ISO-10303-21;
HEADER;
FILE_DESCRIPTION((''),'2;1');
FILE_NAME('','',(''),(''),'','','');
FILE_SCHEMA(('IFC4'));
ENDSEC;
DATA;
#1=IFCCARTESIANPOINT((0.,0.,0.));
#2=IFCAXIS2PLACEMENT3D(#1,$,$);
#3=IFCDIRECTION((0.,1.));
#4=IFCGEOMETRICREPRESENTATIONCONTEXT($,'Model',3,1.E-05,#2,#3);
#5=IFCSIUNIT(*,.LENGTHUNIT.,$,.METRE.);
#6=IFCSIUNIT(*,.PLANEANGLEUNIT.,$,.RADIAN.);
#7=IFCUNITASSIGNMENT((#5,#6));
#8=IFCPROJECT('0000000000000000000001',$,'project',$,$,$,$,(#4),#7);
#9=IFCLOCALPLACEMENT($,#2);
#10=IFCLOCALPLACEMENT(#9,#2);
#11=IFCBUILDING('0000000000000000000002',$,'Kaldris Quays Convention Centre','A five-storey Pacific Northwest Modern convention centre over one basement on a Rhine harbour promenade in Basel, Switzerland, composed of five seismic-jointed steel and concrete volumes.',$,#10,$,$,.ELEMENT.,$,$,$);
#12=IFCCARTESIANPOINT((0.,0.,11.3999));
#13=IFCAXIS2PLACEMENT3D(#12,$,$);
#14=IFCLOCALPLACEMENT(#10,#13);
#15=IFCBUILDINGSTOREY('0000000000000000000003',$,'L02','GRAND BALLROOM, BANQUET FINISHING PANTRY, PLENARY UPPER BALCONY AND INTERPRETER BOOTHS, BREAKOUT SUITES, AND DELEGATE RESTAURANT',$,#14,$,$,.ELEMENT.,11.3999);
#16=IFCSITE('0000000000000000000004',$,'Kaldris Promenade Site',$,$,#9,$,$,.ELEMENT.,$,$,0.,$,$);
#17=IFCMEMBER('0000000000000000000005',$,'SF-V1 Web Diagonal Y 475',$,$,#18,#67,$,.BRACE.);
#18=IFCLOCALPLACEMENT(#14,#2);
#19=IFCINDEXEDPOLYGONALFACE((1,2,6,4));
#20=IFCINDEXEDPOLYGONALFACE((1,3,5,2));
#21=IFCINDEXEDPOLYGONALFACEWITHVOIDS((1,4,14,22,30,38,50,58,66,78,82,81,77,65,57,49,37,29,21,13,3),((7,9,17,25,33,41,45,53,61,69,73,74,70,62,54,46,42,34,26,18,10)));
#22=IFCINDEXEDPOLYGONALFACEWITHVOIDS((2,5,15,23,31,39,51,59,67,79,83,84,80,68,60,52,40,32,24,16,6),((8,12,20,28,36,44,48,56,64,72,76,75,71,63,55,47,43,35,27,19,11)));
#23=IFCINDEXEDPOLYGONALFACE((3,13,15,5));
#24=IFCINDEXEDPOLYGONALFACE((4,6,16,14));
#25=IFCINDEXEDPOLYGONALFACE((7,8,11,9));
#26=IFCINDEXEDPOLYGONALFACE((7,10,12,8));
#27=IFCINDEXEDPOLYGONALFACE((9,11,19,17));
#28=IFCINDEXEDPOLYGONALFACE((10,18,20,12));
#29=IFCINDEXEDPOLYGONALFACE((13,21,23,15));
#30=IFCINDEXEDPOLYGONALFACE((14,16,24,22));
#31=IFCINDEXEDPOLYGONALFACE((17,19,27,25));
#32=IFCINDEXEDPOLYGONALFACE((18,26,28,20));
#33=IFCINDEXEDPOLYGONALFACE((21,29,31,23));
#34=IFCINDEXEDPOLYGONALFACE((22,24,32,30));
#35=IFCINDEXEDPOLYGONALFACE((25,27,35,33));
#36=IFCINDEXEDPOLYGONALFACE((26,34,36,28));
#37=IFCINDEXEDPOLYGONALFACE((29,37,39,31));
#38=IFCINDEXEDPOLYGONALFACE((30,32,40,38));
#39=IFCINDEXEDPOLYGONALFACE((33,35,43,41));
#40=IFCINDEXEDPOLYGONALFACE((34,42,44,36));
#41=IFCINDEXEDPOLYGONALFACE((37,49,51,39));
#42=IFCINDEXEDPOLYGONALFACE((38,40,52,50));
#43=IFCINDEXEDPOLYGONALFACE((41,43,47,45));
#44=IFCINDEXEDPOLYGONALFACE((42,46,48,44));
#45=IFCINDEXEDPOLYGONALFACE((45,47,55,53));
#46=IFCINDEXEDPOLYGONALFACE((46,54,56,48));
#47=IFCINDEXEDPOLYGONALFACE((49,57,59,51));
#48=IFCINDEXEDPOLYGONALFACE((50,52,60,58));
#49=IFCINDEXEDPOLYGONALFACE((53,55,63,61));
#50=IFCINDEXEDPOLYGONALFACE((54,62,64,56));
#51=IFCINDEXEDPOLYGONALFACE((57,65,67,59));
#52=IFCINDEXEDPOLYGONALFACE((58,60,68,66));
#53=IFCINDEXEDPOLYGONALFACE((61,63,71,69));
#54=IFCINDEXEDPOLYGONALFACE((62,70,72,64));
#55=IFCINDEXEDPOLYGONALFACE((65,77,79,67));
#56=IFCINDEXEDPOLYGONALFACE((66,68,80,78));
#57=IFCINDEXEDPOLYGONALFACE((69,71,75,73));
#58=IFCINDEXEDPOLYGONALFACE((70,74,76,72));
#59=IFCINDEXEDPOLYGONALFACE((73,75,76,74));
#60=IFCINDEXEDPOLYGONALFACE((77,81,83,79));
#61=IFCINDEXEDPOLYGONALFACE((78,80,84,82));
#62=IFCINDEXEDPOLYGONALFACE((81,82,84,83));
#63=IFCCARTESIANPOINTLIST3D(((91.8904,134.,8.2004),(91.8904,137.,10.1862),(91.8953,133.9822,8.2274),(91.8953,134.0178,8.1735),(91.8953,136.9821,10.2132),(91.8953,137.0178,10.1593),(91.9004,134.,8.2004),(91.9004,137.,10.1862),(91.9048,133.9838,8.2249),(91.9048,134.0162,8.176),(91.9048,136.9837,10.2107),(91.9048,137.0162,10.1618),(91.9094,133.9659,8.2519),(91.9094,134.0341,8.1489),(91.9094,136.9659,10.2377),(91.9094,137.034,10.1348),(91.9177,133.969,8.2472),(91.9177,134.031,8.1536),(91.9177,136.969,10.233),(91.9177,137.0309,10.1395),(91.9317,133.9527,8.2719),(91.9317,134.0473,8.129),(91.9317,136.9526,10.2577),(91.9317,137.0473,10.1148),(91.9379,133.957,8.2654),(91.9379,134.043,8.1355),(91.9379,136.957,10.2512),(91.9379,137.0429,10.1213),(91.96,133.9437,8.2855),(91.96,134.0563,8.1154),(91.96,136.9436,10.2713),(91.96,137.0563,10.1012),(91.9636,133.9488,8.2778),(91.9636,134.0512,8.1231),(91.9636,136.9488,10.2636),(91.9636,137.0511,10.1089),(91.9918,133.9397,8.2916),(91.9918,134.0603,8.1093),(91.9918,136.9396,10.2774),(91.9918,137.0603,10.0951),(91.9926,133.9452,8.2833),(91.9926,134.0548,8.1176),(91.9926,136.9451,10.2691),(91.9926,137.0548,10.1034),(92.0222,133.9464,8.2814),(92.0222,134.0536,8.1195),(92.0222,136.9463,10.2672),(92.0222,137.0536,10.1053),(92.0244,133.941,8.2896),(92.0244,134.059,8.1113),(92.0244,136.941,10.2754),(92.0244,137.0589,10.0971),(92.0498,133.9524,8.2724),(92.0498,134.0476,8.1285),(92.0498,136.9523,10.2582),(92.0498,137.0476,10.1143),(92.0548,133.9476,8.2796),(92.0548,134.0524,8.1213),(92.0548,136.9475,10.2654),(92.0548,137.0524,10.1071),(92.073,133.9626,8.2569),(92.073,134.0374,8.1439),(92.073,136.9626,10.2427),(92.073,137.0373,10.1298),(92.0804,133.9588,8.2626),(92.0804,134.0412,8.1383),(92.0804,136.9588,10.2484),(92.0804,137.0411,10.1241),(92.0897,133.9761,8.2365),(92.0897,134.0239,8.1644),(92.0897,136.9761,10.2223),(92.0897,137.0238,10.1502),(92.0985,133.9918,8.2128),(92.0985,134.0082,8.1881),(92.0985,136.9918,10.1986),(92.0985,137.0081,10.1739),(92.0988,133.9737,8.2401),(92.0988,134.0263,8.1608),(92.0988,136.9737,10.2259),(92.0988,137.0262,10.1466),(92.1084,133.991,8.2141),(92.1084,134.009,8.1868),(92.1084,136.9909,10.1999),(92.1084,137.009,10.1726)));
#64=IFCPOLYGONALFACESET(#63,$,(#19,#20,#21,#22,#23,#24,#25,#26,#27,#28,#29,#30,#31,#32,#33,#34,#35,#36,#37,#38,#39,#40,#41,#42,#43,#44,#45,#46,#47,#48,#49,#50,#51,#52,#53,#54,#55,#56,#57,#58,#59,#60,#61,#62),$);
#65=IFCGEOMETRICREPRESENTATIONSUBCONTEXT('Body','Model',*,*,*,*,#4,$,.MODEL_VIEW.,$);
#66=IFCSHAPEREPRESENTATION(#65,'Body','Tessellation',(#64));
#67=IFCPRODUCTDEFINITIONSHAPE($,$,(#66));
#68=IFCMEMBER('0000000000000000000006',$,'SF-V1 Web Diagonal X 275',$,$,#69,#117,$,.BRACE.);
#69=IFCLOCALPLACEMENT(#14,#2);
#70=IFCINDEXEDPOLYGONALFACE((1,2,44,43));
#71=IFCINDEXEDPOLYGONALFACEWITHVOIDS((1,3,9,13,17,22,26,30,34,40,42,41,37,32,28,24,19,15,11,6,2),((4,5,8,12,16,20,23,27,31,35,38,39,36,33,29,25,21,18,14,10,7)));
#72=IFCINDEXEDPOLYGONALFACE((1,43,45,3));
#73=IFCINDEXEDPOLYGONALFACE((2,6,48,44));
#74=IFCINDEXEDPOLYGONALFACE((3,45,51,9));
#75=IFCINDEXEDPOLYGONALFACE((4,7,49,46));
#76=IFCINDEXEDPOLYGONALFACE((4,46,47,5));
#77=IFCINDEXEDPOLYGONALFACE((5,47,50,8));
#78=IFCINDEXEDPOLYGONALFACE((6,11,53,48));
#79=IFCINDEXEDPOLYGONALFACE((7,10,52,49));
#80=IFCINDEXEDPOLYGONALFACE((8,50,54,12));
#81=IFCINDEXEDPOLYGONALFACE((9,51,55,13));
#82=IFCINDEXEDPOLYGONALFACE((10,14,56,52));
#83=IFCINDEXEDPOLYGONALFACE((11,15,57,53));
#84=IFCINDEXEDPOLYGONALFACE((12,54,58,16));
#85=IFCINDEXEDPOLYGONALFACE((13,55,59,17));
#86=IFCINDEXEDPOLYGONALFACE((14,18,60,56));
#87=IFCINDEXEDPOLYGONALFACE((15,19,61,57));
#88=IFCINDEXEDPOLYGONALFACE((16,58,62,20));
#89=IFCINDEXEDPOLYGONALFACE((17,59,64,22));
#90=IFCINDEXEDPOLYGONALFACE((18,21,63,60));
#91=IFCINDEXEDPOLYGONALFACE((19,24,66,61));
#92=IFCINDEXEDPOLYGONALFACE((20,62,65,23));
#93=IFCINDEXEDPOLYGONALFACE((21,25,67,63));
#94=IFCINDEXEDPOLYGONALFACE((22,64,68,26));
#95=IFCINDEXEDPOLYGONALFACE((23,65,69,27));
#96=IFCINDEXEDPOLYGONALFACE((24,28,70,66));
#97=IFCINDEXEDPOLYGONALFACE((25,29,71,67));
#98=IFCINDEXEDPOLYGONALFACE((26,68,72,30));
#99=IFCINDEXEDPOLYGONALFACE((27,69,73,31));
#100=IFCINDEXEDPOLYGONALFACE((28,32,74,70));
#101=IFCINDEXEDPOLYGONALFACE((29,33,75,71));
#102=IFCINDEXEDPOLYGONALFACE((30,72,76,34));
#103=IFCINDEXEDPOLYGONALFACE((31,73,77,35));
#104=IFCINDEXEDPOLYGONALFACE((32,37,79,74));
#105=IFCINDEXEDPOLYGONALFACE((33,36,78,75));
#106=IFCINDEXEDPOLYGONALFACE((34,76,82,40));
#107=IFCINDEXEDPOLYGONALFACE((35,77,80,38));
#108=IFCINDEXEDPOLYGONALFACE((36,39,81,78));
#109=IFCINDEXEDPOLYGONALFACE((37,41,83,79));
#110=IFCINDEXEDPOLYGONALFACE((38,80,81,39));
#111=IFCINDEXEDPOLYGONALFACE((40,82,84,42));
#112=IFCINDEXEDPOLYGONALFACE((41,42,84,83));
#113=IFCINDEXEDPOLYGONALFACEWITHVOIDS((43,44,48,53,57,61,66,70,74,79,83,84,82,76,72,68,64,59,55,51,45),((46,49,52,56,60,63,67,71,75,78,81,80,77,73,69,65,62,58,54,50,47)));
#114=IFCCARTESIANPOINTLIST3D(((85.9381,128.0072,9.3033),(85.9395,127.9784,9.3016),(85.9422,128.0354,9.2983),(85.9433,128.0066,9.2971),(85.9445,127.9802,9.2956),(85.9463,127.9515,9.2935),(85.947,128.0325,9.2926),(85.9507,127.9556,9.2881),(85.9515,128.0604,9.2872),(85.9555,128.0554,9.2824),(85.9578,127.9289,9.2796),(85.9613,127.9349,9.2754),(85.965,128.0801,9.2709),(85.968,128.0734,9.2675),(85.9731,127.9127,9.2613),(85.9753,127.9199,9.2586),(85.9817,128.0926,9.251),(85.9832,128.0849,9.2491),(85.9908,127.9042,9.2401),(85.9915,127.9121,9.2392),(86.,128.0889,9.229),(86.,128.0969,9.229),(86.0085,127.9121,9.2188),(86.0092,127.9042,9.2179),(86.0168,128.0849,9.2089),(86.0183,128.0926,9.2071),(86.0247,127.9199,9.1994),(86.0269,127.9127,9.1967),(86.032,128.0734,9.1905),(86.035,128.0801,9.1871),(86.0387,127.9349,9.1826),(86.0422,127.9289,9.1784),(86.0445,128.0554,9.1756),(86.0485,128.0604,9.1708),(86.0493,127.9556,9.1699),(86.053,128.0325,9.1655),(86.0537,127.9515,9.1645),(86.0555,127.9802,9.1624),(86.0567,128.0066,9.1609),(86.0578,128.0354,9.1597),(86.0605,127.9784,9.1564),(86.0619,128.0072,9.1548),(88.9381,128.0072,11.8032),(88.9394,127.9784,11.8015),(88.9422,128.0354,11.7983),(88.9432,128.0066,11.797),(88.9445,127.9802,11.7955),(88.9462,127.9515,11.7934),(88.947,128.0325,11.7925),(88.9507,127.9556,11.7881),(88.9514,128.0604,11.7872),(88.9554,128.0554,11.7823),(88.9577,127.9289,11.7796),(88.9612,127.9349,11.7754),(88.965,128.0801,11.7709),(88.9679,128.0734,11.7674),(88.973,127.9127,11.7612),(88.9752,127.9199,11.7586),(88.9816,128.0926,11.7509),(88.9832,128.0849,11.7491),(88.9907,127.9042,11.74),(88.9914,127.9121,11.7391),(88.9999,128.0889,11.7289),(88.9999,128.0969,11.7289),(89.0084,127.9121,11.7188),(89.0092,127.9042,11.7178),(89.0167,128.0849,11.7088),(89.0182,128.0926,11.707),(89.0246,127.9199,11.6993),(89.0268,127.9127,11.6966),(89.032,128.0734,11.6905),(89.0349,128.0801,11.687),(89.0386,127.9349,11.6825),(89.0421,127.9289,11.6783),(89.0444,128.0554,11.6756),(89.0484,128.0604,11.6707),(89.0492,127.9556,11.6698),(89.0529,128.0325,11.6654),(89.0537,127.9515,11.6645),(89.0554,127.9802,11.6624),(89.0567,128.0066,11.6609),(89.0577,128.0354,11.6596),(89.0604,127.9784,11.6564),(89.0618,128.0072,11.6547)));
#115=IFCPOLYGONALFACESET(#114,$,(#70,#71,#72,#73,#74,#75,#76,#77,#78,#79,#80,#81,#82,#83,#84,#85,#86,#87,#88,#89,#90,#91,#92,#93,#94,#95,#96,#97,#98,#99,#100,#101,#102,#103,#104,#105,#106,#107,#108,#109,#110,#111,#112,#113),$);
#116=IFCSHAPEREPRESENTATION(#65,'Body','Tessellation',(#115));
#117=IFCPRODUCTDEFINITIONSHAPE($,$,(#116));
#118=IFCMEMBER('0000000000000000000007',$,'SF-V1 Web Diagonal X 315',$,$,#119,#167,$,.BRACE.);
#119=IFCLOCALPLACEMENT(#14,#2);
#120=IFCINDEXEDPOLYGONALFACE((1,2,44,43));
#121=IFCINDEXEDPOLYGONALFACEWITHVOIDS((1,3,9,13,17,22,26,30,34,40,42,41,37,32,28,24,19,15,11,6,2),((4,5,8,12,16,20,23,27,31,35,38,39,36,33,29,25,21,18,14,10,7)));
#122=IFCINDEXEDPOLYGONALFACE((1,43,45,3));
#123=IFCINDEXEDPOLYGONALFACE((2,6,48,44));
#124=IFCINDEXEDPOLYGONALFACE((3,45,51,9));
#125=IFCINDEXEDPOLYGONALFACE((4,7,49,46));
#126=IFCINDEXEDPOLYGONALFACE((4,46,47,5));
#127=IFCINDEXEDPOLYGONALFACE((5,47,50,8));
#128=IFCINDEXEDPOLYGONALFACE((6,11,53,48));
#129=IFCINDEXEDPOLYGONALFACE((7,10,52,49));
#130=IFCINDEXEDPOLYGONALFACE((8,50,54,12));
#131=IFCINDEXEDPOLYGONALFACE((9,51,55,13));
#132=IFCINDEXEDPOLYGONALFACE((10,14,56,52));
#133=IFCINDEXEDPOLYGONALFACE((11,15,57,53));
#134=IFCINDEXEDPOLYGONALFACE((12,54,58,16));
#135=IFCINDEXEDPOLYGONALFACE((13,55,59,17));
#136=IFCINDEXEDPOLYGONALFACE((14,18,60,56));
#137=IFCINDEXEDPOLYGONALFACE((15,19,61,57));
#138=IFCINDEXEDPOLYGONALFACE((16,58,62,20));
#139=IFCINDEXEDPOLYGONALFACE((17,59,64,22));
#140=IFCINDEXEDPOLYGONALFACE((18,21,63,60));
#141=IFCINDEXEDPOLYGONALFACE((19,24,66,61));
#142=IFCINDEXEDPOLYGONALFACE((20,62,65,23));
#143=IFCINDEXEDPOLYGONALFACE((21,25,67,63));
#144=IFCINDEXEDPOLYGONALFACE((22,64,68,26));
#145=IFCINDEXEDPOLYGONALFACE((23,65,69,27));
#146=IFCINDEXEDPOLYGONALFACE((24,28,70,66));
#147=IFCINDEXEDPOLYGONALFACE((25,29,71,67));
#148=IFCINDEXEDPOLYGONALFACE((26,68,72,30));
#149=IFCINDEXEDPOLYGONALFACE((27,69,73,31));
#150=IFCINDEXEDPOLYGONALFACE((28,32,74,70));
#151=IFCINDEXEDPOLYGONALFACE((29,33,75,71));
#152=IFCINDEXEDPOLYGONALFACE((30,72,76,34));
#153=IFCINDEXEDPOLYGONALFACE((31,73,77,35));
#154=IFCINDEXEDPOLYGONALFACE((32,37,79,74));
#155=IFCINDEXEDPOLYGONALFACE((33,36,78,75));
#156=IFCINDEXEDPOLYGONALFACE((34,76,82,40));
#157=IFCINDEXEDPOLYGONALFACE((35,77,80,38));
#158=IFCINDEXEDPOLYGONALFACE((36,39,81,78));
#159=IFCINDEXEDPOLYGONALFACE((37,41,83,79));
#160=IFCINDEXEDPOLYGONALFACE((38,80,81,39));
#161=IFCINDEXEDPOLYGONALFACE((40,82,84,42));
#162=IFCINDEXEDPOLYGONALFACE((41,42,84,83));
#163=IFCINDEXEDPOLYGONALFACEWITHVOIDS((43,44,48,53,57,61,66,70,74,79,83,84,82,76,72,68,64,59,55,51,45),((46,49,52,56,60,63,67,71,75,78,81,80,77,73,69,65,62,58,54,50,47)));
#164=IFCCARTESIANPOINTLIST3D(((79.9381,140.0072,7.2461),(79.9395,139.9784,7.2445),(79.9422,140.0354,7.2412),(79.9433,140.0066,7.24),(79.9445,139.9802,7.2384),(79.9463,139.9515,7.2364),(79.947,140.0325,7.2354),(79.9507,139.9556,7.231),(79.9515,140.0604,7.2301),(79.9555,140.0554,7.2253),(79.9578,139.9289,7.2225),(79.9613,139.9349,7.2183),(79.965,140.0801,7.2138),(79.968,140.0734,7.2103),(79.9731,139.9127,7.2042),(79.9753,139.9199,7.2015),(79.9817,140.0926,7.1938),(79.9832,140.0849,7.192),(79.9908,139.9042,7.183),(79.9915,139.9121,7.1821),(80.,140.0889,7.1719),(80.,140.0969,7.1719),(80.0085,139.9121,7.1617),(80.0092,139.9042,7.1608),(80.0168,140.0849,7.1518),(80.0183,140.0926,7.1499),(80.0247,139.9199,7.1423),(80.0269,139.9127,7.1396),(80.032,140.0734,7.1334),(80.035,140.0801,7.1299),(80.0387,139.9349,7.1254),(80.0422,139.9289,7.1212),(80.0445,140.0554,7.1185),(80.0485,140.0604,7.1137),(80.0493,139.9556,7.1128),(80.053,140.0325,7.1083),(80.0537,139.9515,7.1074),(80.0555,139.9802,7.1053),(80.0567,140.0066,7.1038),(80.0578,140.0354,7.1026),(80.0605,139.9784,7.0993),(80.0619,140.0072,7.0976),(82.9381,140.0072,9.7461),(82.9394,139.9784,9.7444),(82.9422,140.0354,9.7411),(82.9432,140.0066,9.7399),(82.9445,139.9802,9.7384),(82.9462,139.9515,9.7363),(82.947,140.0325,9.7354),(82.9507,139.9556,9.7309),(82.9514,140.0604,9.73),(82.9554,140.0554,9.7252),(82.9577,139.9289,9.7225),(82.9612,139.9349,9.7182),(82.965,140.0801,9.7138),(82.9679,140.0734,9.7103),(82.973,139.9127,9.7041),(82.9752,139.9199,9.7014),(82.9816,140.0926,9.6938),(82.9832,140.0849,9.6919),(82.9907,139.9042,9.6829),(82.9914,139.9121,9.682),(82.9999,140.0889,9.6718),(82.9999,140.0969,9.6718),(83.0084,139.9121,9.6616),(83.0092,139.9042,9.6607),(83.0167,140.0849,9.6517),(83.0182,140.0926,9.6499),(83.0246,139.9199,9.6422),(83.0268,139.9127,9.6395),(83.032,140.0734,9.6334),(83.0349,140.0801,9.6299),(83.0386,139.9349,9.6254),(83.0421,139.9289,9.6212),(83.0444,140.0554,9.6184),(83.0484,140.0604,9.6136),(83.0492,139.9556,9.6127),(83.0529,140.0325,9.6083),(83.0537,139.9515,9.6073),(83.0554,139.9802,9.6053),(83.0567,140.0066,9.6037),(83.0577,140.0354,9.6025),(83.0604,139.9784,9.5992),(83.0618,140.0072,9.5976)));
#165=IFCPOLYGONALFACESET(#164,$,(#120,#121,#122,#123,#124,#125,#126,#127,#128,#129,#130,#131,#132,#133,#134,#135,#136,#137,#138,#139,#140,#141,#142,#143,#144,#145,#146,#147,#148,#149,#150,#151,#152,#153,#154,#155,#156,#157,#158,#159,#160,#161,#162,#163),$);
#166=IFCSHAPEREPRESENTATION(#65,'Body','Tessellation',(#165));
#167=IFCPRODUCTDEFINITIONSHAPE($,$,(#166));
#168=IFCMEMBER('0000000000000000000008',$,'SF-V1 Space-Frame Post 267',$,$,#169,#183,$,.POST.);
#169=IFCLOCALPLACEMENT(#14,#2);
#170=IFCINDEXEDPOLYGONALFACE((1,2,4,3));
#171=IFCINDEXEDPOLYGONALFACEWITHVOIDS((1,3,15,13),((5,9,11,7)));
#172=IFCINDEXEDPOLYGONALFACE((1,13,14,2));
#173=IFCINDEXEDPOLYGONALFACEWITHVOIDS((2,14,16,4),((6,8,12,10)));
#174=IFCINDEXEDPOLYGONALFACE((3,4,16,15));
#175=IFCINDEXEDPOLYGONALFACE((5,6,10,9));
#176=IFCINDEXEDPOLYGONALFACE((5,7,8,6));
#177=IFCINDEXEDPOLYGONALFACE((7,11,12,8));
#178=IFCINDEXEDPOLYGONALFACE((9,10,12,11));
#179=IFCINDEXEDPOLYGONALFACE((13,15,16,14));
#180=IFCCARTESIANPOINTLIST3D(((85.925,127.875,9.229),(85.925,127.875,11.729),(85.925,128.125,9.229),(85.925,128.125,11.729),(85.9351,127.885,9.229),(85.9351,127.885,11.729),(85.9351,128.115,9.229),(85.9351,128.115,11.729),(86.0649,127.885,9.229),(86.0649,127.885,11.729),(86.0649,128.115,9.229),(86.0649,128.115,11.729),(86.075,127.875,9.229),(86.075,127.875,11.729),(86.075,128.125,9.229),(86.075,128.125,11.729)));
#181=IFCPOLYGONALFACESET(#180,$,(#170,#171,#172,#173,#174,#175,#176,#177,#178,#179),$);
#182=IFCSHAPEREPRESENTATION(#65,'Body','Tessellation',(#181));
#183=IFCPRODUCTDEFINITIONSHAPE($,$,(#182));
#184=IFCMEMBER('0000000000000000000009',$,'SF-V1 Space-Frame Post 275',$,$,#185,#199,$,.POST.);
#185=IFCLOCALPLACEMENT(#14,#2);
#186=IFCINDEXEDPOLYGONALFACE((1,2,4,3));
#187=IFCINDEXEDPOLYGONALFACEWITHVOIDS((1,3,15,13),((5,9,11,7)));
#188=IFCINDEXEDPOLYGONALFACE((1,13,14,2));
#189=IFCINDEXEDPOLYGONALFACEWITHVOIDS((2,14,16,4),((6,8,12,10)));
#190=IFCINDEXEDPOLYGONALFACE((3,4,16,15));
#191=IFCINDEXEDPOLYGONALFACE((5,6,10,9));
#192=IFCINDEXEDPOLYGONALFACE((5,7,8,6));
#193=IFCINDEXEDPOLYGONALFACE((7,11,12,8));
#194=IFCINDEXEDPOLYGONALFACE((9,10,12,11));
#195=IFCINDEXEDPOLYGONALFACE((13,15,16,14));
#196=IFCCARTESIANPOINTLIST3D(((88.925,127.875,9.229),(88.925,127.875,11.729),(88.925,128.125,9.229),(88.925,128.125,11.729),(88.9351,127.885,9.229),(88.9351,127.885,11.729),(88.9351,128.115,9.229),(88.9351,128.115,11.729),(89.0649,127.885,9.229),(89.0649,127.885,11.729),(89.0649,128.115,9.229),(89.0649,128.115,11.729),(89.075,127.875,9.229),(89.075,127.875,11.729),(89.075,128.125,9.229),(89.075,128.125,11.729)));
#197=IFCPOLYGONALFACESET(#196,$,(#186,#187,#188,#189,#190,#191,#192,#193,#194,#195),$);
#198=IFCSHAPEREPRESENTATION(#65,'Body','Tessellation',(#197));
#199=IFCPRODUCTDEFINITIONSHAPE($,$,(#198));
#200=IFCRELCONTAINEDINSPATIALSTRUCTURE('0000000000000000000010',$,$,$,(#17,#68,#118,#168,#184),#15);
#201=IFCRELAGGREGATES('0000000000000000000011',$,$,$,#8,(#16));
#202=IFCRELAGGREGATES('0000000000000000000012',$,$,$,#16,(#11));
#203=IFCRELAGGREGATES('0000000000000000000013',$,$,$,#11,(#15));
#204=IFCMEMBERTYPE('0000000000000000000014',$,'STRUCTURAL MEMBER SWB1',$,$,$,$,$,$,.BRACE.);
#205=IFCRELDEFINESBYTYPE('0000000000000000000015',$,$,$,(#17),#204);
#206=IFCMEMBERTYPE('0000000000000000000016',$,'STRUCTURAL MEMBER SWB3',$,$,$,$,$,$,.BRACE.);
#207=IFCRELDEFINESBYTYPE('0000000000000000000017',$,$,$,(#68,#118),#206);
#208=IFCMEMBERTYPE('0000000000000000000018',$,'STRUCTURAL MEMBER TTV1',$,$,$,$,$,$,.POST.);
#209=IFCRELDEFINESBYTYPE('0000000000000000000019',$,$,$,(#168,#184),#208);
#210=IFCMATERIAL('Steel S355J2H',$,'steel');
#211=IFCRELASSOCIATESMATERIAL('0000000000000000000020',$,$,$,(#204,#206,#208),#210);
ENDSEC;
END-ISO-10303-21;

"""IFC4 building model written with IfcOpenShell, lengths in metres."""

from ifc_helpers import new_model, si_unit, direction, frame, origin, origin_2d, place, context, subcontext, project, spatial, hollow_rectangle, hollow_circle, extrude, material, material_profile, profile_set, type_object, element, save


model = new_model("IFC4")

# Units and contexts
model_context = context("Model", 3, precision=1e-05, world=origin(), true_north=direction((0.0, 1.0)))
body_context = subcontext(model_context, "Body", "Model", "MODEL_VIEW")
ifc_project = project(units=[si_unit("LENGTHUNIT", "METRE"), si_unit("PLANEANGLEUNIT", "RADIAN")], contexts=[model_context])

# Site, building, storey
site_placement = place(None, origin())
site = spatial("IfcSite", under=ifc_project, at=site_placement, Name="Kaldris Promenade Site", CompositionType="ELEMENT", RefElevation=0.0)
building_placement = place(site_placement, origin())
building = spatial("IfcBuilding", under=site, at=building_placement, Name="Kaldris Quays Convention Centre", Description="A five-storey Pacific Northwest Modern convention centre over one basement on a Rhine harbour promenade in Basel, Switzerland, composed of five seismic-jointed steel and concrete volumes.", CompositionType="ELEMENT")
storey_placement = place(building_placement, frame((0.0, 0.0, 11.3999)))
storey = spatial("IfcBuildingStorey", under=building, at=storey_placement, Name="L02", Description="GRAND BALLROOM, BANQUET FINISHING PANTRY, PLENARY UPPER BALCONY AND INTERPRETER BOOTHS, BREAKOUT SUITES, AND DELEGATE RESTAURANT", CompositionType="ELEMENT", Elevation=11.3999)

# Members
ifc_material_1 = material(Name="Steel S355J2H", Category="steel")
ifc_material_profile_1 = material_profile(ifc_material_1, hollow_circle(Radius=0.1096, WallThickness=0.01, at=origin_2d()), Name="CHS 219.1x10")
ifc_profile_set_1 = profile_set([ifc_material_profile_1], Name="Steel S355J2H")
member_type_1 = type_object("IfcMemberType", Name="STRUCTURAL MEMBER SWB1", PredefinedType="BRACE", material=ifc_profile_set_1)
member_1_placement = place(storey_placement, frame((92.0, 134.0, 8.2004), z_axis=(0.0, 0.833862, 0.551972), x_axis=(-1.0, 0.0, 0.0)))
element("IfcMember", 1, at=member_1_placement, inside=storey, type_object=member_type_1, Name="SF-V1 Web Diagonal Y 475", PredefinedType="BRACE", context=body_context, shape_type="SweptSolid", body=[
    extrude(hollow_circle(Radius=0.1096, WallThickness=0.01, at=origin_2d()), origin(), (0.0, 0.0, 1.0), 3.5977),
])
ifc_material_profile_2 = material_profile(ifc_material_1, hollow_circle(Radius=0.0969, WallThickness=0.0081, at=origin_2d()), Name="CHS 193.7x8")
ifc_profile_set_2 = profile_set([ifc_material_profile_2], Name="Steel S355J2H")
member_type_2 = type_object("IfcMemberType", Name="STRUCTURAL MEMBER SWB3", PredefinedType="BRACE", material=ifc_profile_set_2)
for number, where, z_axis, x_axis, name in (
    (2, (86.0, 128.0, 9.229), (0.768221, 0.0, 0.640184), (0.0, 1.0, 0.0), "SF-V1 Web Diagonal X 275"),
    (3, (80.0, 140.0, 7.1719), (0.768221, 0.0, 0.640184), (0.0, 1.0, 0.0), "SF-V1 Web Diagonal X 315"),
):
    element("IfcMember", number, at=place(storey_placement, frame(where, z_axis=z_axis, x_axis=x_axis)), inside=storey, type_object=member_type_2, Name=name, PredefinedType="BRACE", context=body_context, shape_type="SweptSolid", body=[
        extrude(hollow_circle(Radius=0.0969, WallThickness=0.0081, at=origin_2d()), origin(), (0.0, 0.0, 1.0), 3.905),
    ])
ifc_material_profile_3 = material_profile(ifc_material_1, hollow_rectangle(XDim=0.1499, YDim=0.25, WallThickness=0.01, at=origin_2d()), Name="RHS 250x150x10")
ifc_profile_set_3 = profile_set([ifc_material_profile_3], Name="Steel S355J2H")
member_type_3 = type_object("IfcMemberType", Name="STRUCTURAL MEMBER TTV1", PredefinedType="POST", material=ifc_profile_set_3)
for number, where, z_axis, x_axis, name in (
    (4, (86.0, 128.0, 9.229), (0.0, 0.0, 1.0), (1.0, 0.0, 0.0), "SF-V1 Space-Frame Post 267"),
    (5, (89.0, 128.0, 9.229), (0.0, 0.0, 1.0), (1.0, 0.0, 0.0), "SF-V1 Space-Frame Post 275"),
):
    element("IfcMember", number, at=place(storey_placement, frame(where, z_axis=z_axis, x_axis=x_axis)), inside=storey, type_object=member_type_3, Name=name, PredefinedType="POST", context=body_context, shape_type="SweptSolid", body=[
        extrude(hollow_rectangle(XDim=0.1499, YDim=0.25, WallThickness=0.01, at=origin_2d()), origin(), (0.0, 0.0, 1.0), 2.5),
    ])

save(model, "model.ifc")
